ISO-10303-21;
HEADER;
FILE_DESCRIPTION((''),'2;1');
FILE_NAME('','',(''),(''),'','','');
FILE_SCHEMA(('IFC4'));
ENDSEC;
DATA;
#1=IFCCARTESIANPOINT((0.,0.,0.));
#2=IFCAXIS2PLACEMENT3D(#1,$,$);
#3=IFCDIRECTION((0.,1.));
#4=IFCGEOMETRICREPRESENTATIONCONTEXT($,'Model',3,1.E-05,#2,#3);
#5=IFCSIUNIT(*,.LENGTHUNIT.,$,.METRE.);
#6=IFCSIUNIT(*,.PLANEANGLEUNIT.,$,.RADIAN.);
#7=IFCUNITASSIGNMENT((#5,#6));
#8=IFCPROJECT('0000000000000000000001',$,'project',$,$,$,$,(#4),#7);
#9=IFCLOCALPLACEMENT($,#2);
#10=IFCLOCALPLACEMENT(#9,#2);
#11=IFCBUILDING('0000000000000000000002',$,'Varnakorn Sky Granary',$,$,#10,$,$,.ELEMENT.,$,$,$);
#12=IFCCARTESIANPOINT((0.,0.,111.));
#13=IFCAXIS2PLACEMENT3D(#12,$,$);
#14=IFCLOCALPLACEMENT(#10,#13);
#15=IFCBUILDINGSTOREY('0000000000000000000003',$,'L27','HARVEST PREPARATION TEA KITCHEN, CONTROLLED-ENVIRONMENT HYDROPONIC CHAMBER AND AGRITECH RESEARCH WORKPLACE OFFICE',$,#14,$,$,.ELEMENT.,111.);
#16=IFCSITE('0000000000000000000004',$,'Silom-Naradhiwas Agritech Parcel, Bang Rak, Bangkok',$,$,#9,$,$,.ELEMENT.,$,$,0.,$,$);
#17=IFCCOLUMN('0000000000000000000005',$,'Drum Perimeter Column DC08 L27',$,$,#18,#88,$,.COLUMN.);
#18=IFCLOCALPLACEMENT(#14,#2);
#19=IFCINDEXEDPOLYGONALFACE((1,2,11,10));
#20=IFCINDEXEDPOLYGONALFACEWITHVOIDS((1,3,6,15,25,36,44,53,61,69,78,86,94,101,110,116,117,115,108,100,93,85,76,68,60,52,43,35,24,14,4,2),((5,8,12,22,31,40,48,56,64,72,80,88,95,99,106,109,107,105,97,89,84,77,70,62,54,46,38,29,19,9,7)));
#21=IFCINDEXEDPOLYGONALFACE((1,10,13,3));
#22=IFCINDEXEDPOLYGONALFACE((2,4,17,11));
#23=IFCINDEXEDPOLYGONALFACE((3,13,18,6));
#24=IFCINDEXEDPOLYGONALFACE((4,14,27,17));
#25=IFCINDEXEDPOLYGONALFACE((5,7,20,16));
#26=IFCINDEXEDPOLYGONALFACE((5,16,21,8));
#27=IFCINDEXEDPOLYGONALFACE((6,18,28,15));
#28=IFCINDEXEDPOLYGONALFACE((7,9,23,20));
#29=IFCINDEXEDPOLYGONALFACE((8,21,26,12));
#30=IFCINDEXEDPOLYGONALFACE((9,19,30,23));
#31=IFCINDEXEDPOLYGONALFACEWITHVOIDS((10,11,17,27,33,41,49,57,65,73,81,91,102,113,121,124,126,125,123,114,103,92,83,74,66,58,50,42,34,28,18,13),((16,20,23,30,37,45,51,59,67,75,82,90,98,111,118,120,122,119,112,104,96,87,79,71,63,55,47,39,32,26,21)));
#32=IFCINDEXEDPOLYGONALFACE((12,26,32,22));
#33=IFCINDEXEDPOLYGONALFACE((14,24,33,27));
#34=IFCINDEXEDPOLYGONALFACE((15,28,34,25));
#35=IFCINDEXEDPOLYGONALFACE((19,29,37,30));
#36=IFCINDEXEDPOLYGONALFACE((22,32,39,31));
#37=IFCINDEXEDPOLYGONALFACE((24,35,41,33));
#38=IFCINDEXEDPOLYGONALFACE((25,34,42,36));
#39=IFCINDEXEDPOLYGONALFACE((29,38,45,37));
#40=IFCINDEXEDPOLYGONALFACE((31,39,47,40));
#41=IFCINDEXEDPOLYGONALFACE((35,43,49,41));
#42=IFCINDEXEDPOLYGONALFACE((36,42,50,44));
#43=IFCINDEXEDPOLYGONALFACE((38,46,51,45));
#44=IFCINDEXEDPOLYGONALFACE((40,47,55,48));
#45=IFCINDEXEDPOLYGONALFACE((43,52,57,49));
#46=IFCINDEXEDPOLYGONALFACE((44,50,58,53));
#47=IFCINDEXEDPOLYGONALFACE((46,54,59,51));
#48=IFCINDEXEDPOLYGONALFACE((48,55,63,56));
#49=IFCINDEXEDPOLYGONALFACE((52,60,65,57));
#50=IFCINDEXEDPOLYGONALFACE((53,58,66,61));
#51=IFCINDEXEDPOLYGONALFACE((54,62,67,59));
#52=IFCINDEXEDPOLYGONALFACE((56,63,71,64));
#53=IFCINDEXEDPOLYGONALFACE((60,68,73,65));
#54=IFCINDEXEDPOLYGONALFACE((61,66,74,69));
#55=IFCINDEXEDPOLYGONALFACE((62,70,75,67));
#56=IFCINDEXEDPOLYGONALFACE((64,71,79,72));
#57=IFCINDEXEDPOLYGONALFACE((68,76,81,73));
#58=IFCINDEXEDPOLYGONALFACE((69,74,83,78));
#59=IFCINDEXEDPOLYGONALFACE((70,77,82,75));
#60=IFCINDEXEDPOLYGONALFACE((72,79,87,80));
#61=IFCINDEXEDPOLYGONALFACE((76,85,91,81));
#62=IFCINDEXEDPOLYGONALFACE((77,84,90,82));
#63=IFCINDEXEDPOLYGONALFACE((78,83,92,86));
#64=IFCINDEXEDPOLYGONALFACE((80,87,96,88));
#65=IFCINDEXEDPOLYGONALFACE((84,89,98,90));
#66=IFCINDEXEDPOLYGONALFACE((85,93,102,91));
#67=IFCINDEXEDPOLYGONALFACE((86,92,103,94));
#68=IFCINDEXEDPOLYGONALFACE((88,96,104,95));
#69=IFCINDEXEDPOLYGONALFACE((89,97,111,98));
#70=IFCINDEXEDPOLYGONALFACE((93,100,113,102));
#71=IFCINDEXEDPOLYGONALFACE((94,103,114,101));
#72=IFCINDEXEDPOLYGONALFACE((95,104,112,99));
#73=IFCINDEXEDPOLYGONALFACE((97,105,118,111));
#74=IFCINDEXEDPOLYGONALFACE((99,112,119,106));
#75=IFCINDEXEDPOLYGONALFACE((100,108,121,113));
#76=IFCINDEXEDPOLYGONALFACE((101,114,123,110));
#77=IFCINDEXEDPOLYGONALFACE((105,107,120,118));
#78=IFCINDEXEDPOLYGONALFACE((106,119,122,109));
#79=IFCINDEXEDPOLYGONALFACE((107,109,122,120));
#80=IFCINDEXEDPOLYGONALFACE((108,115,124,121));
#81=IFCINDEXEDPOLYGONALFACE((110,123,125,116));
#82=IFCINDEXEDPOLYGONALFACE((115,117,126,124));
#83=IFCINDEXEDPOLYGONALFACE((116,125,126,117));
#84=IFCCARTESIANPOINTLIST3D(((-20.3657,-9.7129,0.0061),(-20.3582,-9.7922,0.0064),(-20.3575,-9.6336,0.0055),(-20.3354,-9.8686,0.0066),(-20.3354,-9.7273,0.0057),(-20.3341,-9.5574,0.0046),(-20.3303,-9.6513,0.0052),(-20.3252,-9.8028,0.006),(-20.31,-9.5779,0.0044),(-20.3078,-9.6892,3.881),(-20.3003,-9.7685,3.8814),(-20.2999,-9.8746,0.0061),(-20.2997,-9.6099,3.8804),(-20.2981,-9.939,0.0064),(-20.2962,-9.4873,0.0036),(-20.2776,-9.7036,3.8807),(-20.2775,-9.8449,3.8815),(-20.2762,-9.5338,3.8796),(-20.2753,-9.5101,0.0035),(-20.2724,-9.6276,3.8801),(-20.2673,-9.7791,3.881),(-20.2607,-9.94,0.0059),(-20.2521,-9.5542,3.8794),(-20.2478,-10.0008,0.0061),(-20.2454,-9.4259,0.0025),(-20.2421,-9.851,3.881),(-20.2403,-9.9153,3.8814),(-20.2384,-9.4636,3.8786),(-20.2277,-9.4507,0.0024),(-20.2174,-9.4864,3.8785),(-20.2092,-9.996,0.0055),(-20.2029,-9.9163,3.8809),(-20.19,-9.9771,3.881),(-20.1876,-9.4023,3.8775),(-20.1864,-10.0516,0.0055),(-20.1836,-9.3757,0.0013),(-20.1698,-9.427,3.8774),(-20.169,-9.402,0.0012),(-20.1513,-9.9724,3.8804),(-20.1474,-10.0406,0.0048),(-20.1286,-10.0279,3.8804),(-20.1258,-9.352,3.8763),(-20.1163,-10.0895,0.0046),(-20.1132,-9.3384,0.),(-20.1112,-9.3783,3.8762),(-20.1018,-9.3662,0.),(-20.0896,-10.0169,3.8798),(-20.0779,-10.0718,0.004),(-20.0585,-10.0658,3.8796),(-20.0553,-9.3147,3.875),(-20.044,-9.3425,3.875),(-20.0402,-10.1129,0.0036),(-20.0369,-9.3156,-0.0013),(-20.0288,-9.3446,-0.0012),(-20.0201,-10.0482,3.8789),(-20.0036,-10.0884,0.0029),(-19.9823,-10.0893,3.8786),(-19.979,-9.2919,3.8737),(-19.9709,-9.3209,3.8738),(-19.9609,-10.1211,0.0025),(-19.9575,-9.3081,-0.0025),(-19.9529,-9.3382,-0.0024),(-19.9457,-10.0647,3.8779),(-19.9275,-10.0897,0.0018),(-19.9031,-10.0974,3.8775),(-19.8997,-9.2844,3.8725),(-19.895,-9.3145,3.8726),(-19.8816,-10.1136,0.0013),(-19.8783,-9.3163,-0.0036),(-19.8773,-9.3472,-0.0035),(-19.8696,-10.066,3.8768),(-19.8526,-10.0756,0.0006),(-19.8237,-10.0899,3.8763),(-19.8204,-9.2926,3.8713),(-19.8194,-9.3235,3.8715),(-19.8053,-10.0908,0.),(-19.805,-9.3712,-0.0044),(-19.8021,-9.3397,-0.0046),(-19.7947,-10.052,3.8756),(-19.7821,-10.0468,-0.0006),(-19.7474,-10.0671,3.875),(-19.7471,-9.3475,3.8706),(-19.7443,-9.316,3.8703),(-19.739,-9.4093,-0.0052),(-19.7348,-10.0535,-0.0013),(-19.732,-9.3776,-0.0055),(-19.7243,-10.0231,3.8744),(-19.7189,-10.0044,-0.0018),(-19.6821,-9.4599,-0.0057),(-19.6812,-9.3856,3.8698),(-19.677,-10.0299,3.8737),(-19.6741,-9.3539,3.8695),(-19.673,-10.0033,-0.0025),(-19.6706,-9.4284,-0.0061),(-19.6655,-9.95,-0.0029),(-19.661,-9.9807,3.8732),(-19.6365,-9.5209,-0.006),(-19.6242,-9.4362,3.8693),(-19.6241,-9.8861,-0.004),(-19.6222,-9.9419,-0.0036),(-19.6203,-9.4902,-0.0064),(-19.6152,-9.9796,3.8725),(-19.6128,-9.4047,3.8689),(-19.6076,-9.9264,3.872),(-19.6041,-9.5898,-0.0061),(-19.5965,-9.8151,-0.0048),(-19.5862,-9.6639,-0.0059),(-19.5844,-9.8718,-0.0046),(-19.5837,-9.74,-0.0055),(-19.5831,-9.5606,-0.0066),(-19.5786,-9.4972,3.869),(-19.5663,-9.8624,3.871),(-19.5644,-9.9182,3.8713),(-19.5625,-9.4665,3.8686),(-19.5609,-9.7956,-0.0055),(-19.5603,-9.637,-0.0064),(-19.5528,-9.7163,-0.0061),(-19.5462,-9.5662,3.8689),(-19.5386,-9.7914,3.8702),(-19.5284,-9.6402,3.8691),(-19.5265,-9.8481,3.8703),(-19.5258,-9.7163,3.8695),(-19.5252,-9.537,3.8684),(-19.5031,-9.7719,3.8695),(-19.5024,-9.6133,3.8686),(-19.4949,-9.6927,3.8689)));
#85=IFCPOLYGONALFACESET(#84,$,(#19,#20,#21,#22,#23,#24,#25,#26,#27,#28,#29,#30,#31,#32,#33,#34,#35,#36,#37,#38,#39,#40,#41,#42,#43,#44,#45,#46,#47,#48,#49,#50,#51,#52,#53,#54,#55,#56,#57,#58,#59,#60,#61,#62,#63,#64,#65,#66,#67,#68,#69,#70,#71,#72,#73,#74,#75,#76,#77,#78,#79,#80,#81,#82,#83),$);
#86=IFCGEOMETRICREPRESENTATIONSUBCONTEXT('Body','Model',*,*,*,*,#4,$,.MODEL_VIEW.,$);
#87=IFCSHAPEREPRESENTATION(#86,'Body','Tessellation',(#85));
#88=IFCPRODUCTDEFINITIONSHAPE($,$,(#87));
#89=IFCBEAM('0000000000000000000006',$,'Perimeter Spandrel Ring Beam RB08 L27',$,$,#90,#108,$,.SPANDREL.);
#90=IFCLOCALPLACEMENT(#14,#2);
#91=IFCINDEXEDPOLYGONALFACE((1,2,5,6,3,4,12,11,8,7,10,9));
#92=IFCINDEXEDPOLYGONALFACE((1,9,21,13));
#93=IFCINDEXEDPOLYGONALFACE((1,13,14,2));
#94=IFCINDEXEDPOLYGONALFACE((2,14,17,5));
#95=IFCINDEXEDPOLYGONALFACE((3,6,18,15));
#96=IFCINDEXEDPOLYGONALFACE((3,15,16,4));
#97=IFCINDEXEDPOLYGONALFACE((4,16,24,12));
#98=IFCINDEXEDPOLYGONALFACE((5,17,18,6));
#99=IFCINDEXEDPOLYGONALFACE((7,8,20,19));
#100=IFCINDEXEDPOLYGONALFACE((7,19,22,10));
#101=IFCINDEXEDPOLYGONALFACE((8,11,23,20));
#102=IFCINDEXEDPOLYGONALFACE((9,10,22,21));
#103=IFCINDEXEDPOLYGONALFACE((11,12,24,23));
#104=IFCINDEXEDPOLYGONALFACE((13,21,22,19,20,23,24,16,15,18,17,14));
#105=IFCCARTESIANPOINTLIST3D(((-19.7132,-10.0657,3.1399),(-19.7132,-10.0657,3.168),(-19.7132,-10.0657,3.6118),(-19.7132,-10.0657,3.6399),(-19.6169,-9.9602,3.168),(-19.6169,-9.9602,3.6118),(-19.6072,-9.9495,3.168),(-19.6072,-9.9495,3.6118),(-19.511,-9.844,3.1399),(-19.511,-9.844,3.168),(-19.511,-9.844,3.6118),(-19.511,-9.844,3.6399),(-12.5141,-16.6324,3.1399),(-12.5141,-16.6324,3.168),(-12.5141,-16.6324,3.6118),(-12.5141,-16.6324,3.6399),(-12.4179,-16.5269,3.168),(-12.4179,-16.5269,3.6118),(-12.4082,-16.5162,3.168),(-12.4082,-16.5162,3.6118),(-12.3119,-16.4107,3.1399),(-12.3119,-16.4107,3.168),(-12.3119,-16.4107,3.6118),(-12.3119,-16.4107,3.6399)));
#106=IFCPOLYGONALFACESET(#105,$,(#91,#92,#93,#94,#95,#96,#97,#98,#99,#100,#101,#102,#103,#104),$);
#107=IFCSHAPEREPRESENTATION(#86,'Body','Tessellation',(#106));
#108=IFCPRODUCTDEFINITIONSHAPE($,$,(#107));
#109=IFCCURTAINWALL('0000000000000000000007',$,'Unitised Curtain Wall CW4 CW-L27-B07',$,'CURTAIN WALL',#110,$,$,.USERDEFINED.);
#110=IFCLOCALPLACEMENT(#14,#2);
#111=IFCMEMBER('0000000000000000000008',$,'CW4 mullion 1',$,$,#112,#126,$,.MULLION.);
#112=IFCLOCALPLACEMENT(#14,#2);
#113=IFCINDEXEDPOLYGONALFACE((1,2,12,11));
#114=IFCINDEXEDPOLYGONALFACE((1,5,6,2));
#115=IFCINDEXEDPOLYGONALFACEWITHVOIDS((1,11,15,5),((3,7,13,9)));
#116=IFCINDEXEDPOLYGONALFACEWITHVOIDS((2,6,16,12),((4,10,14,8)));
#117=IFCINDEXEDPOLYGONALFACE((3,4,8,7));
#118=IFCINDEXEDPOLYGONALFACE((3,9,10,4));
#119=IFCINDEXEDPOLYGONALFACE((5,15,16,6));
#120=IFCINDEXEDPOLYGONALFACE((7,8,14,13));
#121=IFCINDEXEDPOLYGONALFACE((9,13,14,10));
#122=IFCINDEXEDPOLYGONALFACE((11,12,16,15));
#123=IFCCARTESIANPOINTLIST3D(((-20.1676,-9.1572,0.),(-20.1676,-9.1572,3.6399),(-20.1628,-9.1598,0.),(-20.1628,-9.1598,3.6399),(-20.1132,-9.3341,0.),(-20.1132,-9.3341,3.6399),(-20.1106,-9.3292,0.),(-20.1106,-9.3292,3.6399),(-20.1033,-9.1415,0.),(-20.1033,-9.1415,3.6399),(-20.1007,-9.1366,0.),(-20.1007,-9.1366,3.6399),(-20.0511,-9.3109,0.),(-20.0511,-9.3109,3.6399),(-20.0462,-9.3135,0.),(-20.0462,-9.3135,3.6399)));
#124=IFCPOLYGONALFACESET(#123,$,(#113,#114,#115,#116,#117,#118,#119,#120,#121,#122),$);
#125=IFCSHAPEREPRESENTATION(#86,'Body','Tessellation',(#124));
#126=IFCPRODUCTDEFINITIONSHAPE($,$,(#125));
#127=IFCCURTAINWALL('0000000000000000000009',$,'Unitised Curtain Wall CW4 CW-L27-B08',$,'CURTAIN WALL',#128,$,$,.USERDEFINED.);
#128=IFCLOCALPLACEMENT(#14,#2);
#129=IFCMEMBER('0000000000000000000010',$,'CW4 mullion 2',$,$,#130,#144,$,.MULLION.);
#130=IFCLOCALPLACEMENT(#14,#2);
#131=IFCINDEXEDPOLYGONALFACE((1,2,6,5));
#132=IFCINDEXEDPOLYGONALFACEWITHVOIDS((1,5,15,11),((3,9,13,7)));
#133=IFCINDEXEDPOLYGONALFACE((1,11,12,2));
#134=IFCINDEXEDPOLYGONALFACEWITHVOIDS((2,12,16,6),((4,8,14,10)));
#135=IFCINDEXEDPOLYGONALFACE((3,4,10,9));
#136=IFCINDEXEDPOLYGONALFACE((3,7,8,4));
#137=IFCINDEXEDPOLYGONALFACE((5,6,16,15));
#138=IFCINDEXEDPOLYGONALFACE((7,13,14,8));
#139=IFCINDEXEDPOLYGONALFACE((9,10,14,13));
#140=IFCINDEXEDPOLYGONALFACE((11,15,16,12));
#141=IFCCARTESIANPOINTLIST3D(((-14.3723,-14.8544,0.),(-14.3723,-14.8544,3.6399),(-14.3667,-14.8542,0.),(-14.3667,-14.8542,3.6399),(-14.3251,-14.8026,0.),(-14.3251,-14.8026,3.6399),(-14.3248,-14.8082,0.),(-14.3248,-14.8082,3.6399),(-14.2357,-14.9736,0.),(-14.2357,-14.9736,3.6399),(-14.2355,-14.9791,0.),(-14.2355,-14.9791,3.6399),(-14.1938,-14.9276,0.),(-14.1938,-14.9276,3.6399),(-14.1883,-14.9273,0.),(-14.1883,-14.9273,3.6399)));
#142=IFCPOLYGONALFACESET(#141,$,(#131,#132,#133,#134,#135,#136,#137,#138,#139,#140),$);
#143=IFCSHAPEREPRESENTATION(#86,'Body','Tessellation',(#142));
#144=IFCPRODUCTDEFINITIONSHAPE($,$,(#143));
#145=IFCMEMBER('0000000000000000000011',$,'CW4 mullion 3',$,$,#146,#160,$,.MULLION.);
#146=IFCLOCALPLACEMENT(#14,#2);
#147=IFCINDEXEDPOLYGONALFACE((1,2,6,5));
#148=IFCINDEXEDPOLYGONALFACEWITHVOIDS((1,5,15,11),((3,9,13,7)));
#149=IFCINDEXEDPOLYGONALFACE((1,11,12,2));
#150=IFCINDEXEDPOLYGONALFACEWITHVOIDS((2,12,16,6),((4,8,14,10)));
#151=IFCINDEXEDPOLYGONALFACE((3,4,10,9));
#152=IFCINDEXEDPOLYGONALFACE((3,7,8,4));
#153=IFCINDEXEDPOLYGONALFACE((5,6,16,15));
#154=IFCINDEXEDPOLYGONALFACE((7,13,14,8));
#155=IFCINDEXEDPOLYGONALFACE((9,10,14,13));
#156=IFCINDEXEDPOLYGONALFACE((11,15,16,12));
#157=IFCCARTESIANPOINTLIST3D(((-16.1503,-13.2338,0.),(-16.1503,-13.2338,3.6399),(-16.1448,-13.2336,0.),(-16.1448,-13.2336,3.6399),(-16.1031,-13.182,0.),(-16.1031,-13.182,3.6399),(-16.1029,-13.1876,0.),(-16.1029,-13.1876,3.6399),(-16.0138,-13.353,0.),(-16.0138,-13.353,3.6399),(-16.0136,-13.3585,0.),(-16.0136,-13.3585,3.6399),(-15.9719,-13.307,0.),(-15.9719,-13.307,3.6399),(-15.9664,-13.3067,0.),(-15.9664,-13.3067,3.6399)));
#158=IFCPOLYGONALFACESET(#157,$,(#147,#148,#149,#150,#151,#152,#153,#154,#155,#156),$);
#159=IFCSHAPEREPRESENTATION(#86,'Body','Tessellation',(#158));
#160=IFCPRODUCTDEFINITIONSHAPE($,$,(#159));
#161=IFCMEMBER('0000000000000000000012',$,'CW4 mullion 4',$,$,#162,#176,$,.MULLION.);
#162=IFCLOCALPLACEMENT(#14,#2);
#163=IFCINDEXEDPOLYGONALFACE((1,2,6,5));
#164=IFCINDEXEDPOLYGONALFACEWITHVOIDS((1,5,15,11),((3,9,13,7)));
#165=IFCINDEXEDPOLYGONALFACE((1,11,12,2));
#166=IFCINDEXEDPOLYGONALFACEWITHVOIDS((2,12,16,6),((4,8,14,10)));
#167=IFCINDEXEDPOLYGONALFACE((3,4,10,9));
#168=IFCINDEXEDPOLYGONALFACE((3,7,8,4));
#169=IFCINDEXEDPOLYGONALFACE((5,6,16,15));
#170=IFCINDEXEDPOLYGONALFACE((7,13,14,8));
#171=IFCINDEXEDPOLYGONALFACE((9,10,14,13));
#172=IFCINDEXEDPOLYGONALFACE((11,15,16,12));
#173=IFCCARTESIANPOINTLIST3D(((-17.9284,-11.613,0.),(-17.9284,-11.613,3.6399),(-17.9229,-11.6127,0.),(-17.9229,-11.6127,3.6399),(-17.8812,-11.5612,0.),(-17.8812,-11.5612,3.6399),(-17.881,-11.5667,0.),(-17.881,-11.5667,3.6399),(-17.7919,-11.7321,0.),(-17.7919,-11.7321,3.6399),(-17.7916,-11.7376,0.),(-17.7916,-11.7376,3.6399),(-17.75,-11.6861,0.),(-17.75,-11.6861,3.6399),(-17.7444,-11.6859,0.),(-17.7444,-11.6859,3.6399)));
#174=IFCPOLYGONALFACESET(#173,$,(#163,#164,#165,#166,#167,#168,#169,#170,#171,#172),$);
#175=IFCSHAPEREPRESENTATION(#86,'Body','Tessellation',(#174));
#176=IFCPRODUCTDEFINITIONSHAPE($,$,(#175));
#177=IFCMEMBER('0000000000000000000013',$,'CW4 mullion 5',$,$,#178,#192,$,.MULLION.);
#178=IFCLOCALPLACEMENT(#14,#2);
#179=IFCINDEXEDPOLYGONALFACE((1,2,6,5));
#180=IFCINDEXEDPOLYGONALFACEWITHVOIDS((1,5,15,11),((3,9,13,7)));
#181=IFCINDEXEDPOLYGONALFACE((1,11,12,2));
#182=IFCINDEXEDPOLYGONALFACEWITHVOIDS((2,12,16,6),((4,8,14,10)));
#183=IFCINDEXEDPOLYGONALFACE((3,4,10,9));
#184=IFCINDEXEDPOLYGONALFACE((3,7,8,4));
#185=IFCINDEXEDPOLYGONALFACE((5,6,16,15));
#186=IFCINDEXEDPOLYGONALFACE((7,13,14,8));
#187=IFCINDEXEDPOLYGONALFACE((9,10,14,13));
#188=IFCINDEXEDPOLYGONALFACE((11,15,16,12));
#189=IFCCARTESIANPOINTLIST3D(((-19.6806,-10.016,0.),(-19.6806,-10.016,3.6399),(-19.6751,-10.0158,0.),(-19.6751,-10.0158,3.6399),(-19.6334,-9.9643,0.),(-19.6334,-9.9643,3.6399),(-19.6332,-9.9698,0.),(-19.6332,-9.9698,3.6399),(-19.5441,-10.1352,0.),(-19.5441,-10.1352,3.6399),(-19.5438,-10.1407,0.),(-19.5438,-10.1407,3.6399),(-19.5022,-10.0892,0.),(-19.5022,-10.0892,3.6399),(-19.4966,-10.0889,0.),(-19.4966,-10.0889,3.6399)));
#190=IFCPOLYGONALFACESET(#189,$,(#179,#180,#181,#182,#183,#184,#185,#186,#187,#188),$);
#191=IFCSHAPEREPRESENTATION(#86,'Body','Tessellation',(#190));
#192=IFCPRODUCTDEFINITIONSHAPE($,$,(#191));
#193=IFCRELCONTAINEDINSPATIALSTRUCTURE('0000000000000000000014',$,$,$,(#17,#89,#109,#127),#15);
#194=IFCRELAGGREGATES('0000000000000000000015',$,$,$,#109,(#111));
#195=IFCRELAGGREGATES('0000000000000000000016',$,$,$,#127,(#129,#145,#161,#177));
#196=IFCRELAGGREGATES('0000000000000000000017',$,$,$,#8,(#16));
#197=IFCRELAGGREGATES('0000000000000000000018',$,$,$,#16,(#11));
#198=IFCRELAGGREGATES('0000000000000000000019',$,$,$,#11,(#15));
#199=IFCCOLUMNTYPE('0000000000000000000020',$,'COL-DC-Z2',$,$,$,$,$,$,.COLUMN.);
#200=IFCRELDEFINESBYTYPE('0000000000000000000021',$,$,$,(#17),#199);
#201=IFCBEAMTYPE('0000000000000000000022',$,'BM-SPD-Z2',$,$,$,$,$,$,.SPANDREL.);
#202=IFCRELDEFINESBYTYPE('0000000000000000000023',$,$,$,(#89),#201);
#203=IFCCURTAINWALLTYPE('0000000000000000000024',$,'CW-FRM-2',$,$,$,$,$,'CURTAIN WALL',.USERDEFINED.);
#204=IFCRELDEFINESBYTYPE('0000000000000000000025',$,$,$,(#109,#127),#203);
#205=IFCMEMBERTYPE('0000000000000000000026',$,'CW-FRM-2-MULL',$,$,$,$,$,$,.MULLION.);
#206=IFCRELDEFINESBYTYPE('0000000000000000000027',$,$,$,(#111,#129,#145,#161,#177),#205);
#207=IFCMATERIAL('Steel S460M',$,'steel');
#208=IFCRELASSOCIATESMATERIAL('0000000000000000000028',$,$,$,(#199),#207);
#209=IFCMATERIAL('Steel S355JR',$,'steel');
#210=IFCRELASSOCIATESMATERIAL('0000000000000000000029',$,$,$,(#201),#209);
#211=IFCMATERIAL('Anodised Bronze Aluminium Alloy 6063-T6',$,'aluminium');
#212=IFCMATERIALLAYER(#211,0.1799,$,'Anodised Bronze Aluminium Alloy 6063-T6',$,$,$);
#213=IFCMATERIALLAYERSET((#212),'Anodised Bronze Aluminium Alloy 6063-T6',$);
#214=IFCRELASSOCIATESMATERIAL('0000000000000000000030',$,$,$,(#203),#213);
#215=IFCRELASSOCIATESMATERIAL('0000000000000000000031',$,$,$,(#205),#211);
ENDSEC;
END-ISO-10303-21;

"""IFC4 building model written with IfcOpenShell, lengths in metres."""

from ifc_helpers import new_model, si_unit, direction, frame, origin, origin_2d, place, context, subcontext, project, spatial, hollow_rectangle, hollow_circle, i_section, extrude, material, layer, layer_set, material_profile, profile_set, type_object, element, aggregate, save


model = new_model("IFC4")

# Units and contexts
model_context = context("Model", 3, precision=1e-05, world=origin(), true_north=direction((0.0, 1.0)))
body_context = subcontext(model_context, "Body", "Model", "MODEL_VIEW")
ifc_project = project(units=[si_unit("LENGTHUNIT", "METRE"), si_unit("PLANEANGLEUNIT", "RADIAN")], contexts=[model_context])

# Site, building, storey
site_placement = place(None, origin())
site = spatial("IfcSite", under=ifc_project, at=site_placement, Name="Silom-Naradhiwas Agritech Parcel, Bang Rak, Bangkok", CompositionType="ELEMENT", RefElevation=0.0)
building_placement = place(site_placement, origin())
building = spatial("IfcBuilding", under=site, at=building_placement, Name="Varnakorn Sky Granary", CompositionType="ELEMENT")
storey_placement = place(building_placement, frame((0.0, 0.0, 111.0)))
storey = spatial("IfcBuildingStorey", under=building, at=storey_placement, Name="L27", Description="HARVEST PREPARATION TEA KITCHEN, CONTROLLED-ENVIRONMENT HYDROPONIC CHAMBER AND AGRITECH RESEARCH WORKPLACE OFFICE", CompositionType="ELEMENT", Elevation=111.0)

# Column
ifc_material_1 = material(Name="Steel S460M", Category="steel")
ifc_material_profile_1 = material_profile(ifc_material_1, hollow_circle(Radius=0.4065, WallThickness=0.03, at=origin_2d()), Name="CHS 813x30")
ifc_profile_set_1 = profile_set([ifc_material_profile_1], Name="Steel S460M")
column_type = type_object("IfcColumnType", Name="COL-DC-Z2", PredefinedType="COLUMN", material=ifc_profile_set_1)
column_placement = place(storey_placement, frame((-19.9592, -9.7146, 0.0), z_axis=(0.01493, 0.006111, 0.99987), x_axis=(-0.378785, 0.925485, 0.0)))
element("IfcColumn", 1, at=column_placement, inside=storey, type_object=column_type, Name="Drum Perimeter Column DC08 L27", PredefinedType="COLUMN", context=body_context, shape_type="SweptSolid", body=[
    extrude(hollow_circle(Radius=0.4065, WallThickness=0.03, at=origin_2d()), origin(), (0.0, 0.0, 1.0), 3.8755),
])

# Beam
ifc_material_2 = material(Name="Steel S355JR", Category="steel")
ifc_material_profile_2 = material_profile(ifc_material_2, i_section(OverallWidth=0.3, OverallDepth=0.5, WebThickness=0.0144, FlangeThickness=0.0281, at=origin_2d()), Name="HE 500 B")
ifc_profile_set_2 = profile_set([ifc_material_profile_2], Name="Steel S355JR")
beam_type = type_object("IfcBeamType", Name="BM-SPD-Z2", PredefinedType="SPANDREL", material=ifc_profile_set_2)
beam_placement = place(storey_placement, frame((-19.6121, -9.9548, 3.3899), z_axis=(0.738809, -0.673915, 0.0), x_axis=(0.673915, 0.738809, 0.0)))
element("IfcBeam", 2, at=beam_placement, inside=storey, type_object=beam_type, Name="Perimeter Spandrel Ring Beam RB08 L27", PredefinedType="SPANDREL", context=body_context, shape_type="SweptSolid", body=[
    extrude(i_section(OverallWidth=0.3, OverallDepth=0.5, WebThickness=0.0144, FlangeThickness=0.0281, at=origin_2d()), origin(), (0.0, 0.0, 1.0), 9.7441),
])

# Curtain wall, member
ifc_material_3 = material(Name="Anodised Bronze Aluminium Alloy 6063-T6", Category="aluminium")
ifc_layer_1 = layer(ifc_material_3, 0.1799, Name="Anodised Bronze Aluminium Alloy 6063-T6")
ifc_layer_set_1 = layer_set([ifc_layer_1], Name="Anodised Bronze Aluminium Alloy 6063-T6")
curtain_wall_type = type_object("IfcCurtainWallType", Name="CW-FRM-2", ElementType="CURTAIN WALL", PredefinedType="USERDEFINED", material=ifc_layer_set_1)
curtain_wall_1_placement = place(storey_placement, origin())
curtain_wall_1 = element("IfcCurtainWall", 3, at=curtain_wall_1_placement, inside=storey, type_object=curtain_wall_type, Name="Unitised Curtain Wall CW4 CW-L27-B07", ObjectType="CURTAIN WALL", PredefinedType="USERDEFINED")
ifc_material_profile_3 = material_profile(ifc_material_3, hollow_rectangle(XDim=0.0701, YDim=0.1851, WallThickness=0.0039, at=origin_2d()), Name="ALU MULL 70x185")
ifc_profile_set_3 = profile_set([ifc_material_profile_3], Name="Anodised Bronze Aluminium Alloy 6063-T6")
member_type_1 = type_object("IfcMemberType", Name="CW-FRM-2-MULL", PredefinedType="MULLION", material=ifc_profile_set_3)
member_1_placement = place(storey_placement, frame((-20.1069, -9.2354, 0.0), z_axis=(0.0, 0.0, 1.0), x_axis=(-0.955738, -0.294221, 0.0)))
member_1 = element("IfcMember", 4, at=member_1_placement, type_object=member_type_1, Name="CW4 mullion 1", PredefinedType="MULLION", context=body_context, shape_type="SweptSolid", body=[
    extrude(hollow_rectangle(XDim=0.0701, YDim=0.1851, WallThickness=0.0039, at=origin_2d()), origin(), (0.0, 0.0, 1.0), 3.6399),
])

# Curtain wall, members
curtain_wall_2_placement = place(storey_placement, origin())
curtain_wall_2 = element("IfcCurtainWall", 5, at=curtain_wall_2_placement, inside=storey, type_object=curtain_wall_type, Name="Unitised Curtain Wall CW4 CW-L27-B08", ObjectType="CURTAIN WALL", PredefinedType="USERDEFINED")
member_2_placement = place(storey_placement, frame((-14.2803, -14.8909, 0.0), z_axis=(0.0, 0.0, 1.0), x_axis=(-0.673654, -0.739047, 0.0)))
member_2 = element("IfcMember", 6, at=member_2_placement, type_object=member_type_1, Name="CW4 mullion 2", PredefinedType="MULLION", context=body_context, shape_type="SweptSolid", body=[
    extrude(hollow_rectangle(XDim=0.0701, YDim=0.1851, WallThickness=0.0039, at=origin_2d()), origin(), (0.0, 0.0, 1.0), 3.6399),
])
member_3_placement = place(storey_placement, frame((-16.0583, -13.2703, 0.0), z_axis=(0.0, 0.0, 1.0), x_axis=(-0.673654, -0.739047, 0.0)))
member_3 = element("IfcMember", 7, at=member_3_placement, type_object=member_type_1, Name="CW4 mullion 3", PredefinedType="MULLION", context=body_context, shape_type="SweptSolid", body=[
    extrude(hollow_rectangle(XDim=0.0701, YDim=0.1851, WallThickness=0.0039, at=origin_2d()), origin(), (0.0, 0.0, 1.0), 3.6399),
])
member_4_placement = place(storey_placement, frame((-17.8364, -11.6494, 0.0), z_axis=(0.0, 0.0, 1.0), x_axis=(-0.673654, -0.739047, 0.0)))
member_4 = element("IfcMember", 8, at=member_4_placement, type_object=member_type_1, Name="CW4 mullion 4", PredefinedType="MULLION", context=body_context, shape_type="SweptSolid", body=[
    extrude(hollow_rectangle(XDim=0.0701, YDim=0.1851, WallThickness=0.0039, at=origin_2d()), origin(), (0.0, 0.0, 1.0), 3.6399),
])
member_5_placement = place(storey_placement, frame((-19.5886, -10.0525, 0.0), z_axis=(0.0, 0.0, 1.0), x_axis=(-0.673654, -0.739047, 0.0)))
member_5 = element("IfcMember", 9, at=member_5_placement, type_object=member_type_1, Name="CW4 mullion 5", PredefinedType="MULLION", context=body_context, shape_type="SweptSolid", body=[
    extrude(hollow_rectangle(XDim=0.0701, YDim=0.1851, WallThickness=0.0039, at=origin_2d()), origin(), (0.0, 0.0, 1.0), 3.6399),
])

aggregate(curtain_wall_1, [member_1])

aggregate(curtain_wall_2, [member_2, member_3, member_4, member_5])

save(model, "model.ifc")
